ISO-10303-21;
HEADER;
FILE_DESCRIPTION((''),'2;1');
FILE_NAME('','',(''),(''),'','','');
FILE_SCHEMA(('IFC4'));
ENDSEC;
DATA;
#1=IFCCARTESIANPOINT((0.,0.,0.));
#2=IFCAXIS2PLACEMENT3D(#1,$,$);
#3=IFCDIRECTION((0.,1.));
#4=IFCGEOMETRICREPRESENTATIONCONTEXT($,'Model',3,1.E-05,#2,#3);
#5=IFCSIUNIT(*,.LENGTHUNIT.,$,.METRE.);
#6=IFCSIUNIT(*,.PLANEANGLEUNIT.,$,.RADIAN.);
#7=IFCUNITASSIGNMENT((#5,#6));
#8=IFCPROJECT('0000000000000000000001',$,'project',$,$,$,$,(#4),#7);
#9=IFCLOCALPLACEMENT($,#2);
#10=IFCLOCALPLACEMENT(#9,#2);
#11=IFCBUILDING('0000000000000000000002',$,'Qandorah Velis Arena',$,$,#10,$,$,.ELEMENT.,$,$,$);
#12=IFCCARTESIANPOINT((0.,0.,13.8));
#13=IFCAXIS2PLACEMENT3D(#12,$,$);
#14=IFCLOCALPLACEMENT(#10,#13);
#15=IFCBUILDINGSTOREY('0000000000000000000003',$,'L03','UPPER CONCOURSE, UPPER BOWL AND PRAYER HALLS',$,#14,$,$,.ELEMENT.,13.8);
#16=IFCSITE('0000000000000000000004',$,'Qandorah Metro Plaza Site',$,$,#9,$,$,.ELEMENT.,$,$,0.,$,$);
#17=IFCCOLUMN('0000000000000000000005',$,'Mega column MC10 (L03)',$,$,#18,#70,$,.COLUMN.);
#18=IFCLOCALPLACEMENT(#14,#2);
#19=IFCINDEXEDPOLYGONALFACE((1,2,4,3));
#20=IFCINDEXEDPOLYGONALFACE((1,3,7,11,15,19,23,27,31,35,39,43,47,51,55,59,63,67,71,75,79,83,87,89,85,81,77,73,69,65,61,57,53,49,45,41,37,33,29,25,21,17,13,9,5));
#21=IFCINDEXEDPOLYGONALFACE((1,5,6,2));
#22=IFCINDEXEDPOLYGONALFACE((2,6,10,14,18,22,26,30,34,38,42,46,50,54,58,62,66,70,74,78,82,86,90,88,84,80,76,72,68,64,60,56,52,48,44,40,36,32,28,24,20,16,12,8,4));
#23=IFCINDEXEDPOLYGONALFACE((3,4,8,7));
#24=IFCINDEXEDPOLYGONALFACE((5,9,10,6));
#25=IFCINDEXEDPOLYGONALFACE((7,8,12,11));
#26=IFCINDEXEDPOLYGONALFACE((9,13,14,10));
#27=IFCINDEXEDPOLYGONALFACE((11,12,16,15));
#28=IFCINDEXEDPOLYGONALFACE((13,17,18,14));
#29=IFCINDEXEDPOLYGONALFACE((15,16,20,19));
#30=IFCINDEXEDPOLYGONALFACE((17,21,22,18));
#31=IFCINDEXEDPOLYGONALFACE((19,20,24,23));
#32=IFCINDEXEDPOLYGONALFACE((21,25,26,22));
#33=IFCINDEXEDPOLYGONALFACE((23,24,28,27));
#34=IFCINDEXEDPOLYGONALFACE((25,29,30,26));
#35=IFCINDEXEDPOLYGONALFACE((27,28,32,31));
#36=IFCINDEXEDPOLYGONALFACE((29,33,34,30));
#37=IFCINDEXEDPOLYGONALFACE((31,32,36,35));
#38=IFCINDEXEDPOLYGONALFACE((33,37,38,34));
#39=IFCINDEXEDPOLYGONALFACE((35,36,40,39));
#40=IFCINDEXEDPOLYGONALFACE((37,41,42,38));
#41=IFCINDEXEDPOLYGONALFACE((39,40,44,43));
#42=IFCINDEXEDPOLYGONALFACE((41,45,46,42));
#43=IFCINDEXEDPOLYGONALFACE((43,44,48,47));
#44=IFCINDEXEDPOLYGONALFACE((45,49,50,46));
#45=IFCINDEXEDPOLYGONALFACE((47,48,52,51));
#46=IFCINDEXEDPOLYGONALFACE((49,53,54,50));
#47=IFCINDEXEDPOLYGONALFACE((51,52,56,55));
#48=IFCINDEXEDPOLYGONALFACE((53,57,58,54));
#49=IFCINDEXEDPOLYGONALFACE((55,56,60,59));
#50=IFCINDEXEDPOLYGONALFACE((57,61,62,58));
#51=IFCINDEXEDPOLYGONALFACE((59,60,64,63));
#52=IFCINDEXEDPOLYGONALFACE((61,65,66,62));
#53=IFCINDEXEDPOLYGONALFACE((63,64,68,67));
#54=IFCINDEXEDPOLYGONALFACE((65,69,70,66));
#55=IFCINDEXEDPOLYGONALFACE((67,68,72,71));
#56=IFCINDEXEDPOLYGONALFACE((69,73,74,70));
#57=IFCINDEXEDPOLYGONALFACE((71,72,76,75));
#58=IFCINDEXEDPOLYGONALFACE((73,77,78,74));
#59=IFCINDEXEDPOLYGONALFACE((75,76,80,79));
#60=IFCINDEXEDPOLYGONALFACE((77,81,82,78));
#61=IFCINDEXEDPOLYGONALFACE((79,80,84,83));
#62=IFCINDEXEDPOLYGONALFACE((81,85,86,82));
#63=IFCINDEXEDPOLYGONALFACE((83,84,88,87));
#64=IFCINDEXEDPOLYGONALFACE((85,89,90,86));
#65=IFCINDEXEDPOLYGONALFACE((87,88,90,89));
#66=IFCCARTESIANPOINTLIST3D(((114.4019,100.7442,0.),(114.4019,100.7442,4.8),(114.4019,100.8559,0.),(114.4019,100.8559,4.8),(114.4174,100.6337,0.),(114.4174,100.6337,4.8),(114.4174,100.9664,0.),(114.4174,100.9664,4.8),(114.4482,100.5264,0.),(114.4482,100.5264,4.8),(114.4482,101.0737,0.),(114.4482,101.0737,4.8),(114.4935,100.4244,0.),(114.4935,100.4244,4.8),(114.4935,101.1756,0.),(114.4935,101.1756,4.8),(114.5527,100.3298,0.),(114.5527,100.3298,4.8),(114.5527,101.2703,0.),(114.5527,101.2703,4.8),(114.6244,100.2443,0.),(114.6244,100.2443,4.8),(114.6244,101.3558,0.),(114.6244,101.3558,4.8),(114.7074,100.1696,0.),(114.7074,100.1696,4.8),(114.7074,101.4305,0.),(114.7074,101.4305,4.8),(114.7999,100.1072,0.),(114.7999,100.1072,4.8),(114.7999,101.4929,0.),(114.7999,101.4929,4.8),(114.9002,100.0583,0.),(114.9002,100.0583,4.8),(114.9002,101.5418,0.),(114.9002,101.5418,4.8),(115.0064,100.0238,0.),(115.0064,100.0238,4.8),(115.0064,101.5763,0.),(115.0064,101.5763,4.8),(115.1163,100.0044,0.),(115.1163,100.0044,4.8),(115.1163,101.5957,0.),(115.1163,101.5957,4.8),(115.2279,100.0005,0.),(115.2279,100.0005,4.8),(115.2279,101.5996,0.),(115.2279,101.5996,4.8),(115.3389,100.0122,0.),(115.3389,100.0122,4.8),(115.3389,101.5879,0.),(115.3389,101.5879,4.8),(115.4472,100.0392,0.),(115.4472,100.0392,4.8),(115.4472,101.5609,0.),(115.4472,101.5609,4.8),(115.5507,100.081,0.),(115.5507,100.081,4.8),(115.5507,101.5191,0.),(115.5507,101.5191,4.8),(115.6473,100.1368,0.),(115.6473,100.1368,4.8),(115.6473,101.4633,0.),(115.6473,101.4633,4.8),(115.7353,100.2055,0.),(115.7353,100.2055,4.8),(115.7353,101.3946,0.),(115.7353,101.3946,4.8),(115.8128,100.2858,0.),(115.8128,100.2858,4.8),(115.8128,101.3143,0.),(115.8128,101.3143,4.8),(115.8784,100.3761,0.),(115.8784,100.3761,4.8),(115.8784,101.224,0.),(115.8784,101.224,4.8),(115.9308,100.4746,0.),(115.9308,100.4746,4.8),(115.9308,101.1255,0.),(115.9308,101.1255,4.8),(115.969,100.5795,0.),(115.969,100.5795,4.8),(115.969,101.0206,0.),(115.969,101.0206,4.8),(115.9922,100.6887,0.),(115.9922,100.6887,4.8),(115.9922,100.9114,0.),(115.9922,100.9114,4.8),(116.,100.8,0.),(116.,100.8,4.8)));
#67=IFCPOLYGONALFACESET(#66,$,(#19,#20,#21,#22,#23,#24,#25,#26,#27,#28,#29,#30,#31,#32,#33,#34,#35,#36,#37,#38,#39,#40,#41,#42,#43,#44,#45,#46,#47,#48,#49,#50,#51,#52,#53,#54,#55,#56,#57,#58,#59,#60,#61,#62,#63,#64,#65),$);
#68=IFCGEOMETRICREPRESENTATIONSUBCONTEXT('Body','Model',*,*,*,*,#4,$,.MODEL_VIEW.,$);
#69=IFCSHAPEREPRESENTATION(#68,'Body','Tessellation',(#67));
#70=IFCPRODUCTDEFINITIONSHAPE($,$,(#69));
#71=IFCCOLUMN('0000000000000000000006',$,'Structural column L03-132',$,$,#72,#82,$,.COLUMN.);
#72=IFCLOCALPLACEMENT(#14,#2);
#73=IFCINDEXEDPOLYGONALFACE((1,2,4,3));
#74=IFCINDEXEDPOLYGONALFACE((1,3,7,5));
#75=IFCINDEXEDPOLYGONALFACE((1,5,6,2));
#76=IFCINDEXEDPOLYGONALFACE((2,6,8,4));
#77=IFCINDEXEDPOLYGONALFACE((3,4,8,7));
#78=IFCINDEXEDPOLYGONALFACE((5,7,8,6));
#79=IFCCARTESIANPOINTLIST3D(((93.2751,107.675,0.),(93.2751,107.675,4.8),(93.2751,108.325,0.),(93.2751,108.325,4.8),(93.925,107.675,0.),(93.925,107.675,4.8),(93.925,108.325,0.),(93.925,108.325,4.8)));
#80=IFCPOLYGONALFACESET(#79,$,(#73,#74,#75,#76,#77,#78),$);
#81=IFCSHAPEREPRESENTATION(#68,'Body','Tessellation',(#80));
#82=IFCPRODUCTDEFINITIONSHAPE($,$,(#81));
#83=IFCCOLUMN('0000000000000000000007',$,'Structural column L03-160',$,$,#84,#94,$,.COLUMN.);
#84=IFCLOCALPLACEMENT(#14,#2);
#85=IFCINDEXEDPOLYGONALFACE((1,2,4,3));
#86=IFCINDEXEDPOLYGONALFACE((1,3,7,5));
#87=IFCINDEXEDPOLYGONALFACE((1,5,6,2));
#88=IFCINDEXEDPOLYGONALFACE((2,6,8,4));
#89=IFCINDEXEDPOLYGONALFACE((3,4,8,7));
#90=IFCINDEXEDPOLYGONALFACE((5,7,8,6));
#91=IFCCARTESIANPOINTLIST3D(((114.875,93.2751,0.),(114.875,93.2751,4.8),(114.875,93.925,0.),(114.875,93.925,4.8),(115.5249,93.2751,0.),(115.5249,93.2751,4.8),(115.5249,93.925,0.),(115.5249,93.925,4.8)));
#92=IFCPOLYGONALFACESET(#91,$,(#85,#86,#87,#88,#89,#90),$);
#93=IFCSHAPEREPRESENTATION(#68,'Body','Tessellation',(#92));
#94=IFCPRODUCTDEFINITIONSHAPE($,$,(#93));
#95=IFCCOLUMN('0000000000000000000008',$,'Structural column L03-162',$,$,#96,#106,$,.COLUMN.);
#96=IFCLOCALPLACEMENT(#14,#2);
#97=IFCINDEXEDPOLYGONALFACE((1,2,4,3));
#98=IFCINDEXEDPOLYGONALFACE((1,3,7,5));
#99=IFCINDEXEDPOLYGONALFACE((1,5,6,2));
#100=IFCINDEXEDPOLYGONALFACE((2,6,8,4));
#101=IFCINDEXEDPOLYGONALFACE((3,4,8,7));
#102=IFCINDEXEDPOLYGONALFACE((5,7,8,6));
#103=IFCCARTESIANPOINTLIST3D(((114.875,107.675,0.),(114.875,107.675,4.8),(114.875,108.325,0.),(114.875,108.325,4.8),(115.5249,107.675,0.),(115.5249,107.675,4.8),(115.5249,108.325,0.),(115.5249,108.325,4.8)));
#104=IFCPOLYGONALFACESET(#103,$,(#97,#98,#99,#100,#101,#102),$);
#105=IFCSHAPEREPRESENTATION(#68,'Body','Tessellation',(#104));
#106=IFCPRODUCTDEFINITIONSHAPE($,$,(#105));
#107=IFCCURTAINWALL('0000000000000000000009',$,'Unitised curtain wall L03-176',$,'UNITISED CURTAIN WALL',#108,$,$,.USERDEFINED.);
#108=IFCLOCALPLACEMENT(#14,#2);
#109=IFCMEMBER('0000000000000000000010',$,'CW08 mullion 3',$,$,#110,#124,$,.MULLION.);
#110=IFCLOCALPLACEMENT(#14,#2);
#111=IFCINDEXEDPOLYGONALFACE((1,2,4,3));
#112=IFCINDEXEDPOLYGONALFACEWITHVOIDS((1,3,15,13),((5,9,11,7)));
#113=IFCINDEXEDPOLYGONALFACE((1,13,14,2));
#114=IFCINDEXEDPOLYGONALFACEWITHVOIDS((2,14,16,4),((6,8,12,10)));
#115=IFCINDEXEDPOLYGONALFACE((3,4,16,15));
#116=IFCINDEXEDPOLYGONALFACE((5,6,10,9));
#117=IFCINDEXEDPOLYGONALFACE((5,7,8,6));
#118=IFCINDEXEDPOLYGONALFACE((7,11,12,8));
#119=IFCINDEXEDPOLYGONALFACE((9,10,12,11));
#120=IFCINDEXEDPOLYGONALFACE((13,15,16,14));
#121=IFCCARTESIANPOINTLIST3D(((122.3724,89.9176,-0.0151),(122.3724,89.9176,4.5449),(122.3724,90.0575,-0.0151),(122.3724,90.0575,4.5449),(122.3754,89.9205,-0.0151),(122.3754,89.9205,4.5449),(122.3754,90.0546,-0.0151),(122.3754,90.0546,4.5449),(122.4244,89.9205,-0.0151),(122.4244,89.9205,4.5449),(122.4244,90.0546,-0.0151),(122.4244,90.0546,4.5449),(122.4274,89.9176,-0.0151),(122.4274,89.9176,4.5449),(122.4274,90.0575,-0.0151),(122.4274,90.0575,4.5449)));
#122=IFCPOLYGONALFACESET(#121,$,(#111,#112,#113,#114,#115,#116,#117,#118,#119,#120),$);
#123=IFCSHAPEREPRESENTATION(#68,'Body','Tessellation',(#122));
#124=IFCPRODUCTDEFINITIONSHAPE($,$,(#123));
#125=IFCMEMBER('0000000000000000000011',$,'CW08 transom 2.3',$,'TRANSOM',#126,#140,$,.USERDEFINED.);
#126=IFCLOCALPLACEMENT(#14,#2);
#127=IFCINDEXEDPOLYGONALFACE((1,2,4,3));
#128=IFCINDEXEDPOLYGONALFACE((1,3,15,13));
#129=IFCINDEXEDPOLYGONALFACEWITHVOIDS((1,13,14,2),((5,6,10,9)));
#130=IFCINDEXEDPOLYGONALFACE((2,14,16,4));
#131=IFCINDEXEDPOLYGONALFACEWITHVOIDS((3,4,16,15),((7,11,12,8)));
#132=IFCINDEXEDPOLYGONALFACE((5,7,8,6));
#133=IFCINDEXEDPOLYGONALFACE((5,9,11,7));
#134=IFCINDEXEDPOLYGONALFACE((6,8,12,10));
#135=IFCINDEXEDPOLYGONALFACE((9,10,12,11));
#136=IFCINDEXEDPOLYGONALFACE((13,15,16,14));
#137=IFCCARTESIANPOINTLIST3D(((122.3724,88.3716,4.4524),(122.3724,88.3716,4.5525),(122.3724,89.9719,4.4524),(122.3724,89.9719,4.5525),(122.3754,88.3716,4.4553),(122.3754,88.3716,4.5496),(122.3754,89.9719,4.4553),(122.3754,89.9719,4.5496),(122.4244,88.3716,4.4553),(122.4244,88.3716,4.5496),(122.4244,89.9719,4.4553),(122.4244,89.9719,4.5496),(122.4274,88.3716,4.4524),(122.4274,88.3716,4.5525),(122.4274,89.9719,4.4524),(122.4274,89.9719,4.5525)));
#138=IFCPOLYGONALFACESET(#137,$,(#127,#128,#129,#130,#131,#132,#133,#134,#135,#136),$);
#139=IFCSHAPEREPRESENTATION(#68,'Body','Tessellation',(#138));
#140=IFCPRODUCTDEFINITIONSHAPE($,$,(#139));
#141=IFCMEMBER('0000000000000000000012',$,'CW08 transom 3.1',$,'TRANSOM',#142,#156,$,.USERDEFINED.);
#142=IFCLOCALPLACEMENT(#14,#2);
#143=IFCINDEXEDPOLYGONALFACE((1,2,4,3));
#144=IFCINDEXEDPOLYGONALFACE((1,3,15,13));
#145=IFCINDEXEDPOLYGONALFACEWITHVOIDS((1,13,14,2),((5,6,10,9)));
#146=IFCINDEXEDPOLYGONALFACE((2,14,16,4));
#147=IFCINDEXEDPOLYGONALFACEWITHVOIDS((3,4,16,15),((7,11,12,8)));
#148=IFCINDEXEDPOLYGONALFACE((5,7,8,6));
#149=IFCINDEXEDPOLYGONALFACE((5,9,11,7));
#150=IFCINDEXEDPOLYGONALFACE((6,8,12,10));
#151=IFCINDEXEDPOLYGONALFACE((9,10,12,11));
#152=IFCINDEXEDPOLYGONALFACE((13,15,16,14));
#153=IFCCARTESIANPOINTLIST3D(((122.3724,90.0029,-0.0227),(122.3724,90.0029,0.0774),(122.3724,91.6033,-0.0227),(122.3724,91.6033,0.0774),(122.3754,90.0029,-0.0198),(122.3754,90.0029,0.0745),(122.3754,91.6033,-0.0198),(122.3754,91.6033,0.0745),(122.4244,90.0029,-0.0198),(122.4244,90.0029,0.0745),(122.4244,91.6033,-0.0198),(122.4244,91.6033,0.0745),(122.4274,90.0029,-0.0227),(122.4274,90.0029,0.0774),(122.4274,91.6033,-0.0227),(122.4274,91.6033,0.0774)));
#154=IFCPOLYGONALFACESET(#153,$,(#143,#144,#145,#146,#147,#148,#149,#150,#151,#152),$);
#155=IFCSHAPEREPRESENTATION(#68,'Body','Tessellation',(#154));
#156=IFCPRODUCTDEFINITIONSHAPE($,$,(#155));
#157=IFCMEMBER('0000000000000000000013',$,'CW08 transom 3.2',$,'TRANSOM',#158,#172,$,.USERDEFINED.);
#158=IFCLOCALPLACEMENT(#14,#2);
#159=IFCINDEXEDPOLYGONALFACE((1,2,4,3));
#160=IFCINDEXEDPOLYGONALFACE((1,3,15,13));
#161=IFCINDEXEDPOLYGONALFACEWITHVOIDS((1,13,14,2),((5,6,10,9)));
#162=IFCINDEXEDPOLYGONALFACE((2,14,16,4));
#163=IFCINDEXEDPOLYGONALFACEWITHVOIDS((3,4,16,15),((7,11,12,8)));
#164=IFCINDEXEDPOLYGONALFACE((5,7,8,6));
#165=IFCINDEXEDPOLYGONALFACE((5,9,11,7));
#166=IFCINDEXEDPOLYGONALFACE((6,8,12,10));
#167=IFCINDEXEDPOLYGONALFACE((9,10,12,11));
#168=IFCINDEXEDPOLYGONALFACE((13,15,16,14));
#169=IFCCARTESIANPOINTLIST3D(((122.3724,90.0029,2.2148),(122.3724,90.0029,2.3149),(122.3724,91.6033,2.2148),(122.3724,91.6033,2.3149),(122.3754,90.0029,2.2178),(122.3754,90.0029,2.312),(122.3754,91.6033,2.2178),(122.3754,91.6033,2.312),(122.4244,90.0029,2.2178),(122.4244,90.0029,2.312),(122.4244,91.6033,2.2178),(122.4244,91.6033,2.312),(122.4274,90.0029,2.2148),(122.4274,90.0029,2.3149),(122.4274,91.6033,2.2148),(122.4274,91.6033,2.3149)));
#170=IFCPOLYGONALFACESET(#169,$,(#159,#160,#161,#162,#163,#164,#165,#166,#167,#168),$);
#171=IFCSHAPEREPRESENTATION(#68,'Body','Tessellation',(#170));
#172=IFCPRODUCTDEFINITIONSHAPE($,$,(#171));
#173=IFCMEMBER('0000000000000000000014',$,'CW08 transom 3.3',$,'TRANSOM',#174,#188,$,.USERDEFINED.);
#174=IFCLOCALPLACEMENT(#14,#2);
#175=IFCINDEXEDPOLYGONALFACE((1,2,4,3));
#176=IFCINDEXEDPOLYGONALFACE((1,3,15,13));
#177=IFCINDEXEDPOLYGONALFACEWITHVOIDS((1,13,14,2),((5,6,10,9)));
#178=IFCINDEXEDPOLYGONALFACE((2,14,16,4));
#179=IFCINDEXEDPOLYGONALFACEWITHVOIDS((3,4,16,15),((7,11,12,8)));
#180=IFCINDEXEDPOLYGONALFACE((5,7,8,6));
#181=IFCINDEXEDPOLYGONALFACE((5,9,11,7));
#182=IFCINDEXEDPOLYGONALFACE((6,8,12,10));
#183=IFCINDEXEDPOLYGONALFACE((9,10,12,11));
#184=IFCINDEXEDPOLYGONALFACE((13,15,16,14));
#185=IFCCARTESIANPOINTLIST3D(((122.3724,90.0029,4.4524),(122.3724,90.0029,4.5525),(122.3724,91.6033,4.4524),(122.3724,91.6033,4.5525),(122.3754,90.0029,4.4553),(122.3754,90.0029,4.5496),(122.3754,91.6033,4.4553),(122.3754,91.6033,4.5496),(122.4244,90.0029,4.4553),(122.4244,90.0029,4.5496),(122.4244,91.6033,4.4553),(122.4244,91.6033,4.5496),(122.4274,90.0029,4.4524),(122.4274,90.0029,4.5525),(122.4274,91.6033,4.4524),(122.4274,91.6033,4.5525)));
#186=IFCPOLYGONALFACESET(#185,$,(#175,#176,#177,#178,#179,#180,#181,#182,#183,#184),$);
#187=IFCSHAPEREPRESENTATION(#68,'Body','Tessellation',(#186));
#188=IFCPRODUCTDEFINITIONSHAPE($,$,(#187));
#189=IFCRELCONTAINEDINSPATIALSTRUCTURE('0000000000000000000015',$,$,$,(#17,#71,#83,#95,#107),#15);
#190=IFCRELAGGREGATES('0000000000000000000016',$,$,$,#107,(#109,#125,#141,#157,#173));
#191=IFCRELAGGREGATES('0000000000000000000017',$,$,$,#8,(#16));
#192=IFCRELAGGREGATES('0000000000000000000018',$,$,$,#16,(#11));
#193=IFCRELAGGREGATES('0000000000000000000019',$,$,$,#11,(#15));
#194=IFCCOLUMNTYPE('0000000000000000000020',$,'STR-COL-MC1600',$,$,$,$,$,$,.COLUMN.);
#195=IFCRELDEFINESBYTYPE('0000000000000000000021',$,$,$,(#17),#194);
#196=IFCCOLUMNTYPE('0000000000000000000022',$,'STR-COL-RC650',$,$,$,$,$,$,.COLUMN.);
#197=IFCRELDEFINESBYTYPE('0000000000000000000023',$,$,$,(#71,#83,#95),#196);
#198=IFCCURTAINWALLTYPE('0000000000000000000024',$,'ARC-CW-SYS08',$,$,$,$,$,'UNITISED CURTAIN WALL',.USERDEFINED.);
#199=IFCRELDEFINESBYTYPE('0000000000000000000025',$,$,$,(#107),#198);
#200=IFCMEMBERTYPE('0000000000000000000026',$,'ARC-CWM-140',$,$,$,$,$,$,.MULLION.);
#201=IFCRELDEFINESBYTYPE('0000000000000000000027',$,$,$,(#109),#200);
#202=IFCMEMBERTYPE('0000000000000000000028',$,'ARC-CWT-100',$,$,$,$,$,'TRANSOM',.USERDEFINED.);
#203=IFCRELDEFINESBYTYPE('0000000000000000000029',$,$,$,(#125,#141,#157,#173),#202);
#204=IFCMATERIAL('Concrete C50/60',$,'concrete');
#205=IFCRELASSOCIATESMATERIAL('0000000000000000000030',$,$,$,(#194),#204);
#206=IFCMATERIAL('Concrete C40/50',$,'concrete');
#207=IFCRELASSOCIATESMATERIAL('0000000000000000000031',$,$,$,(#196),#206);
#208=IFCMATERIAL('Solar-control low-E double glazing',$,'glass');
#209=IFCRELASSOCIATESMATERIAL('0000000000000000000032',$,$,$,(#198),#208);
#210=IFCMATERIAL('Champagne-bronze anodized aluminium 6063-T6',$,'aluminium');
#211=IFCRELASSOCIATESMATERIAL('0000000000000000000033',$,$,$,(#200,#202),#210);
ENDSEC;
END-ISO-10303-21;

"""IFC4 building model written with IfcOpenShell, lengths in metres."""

from ifc_helpers import new_model, si_unit, direction, frame, origin, origin_2d, place, context, subcontext, project, spatial, rectangle, hollow_rectangle, circle, extrude, material, material_profile, profile_set, type_object, element, aggregate, save


model = new_model("IFC4")

# Units and contexts
model_context = context("Model", 3, precision=1e-05, world=origin(), true_north=direction((0.0, 1.0)))
body_context = subcontext(model_context, "Body", "Model", "MODEL_VIEW")
ifc_project = project(units=[si_unit("LENGTHUNIT", "METRE"), si_unit("PLANEANGLEUNIT", "RADIAN")], contexts=[model_context])

# Site, building, storey
site_placement = place(None, origin())
site = spatial("IfcSite", under=ifc_project, at=site_placement, Name="Qandorah Metro Plaza Site", CompositionType="ELEMENT", RefElevation=0.0)
building_placement = place(site_placement, origin())
building = spatial("IfcBuilding", under=site, at=building_placement, Name="Qandorah Velis Arena", CompositionType="ELEMENT")
storey_placement = place(building_placement, frame((0.0, 0.0, 13.8)))
storey = spatial("IfcBuildingStorey", under=building, at=storey_placement, Name="L03", Description="UPPER CONCOURSE, UPPER BOWL AND PRAYER HALLS", CompositionType="ELEMENT", Elevation=13.8)

# Columns
ifc_material_1 = material(Name="Concrete C50/60", Category="concrete")
ifc_material_profile_1 = material_profile(ifc_material_1, circle(Radius=0.8, at=origin_2d()), Name="MC D1600")
ifc_profile_set_1 = profile_set([ifc_material_profile_1], Name="Concrete C50/60")
column_type_1 = type_object("IfcColumnType", Name="STR-COL-MC1600", PredefinedType="COLUMN", material=ifc_profile_set_1)
column_placement = place(storey_placement, frame((115.2, 100.8, 0.0), z_axis=(0.0, 0.0, 1.0), x_axis=(1.0, 0.0, 0.0)))
element("IfcColumn", 1, at=column_placement, inside=storey, type_object=column_type_1, Name="Mega column MC10 (L03)", PredefinedType="COLUMN", context=body_context, shape_type="SweptSolid", body=[
    extrude(circle(Radius=0.8, at=origin_2d()), origin(), (0.0, 0.0, 1.0), 4.8),
])
ifc_material_2 = material(Name="Concrete C40/50", Category="concrete")
ifc_material_profile_2 = material_profile(ifc_material_2, rectangle(XDim=0.6499, YDim=0.6499, at=origin_2d()), Name="RC COL 650x650")
ifc_profile_set_2 = profile_set([ifc_material_profile_2], Name="Concrete C40/50")
column_type_2 = type_object("IfcColumnType", Name="STR-COL-RC650", PredefinedType="COLUMN", material=ifc_profile_set_2)
for number, where, z_axis, x_axis, name in (
    (2, (93.6001, 108.0, 0.0), (0.0, 0.0, 1.0), (1.0, 0.0, 0.0), "Structural column L03-132"),
    (3, (115.2, 93.6001, 0.0), (0.0, 0.0, 1.0), (1.0, 0.0, 0.0), "Structural column L03-160"),
    (4, (115.2, 108.0, 0.0), (0.0, 0.0, 1.0), (1.0, 0.0, 0.0), "Structural column L03-162"),
):
    element("IfcColumn", number, at=place(storey_placement, frame(where, z_axis=z_axis, x_axis=x_axis)), inside=storey, type_object=column_type_2, Name=name, PredefinedType="COLUMN", context=body_context, shape_type="SweptSolid", body=[
        extrude(rectangle(XDim=0.6499, YDim=0.6499, at=origin_2d()), origin(), (0.0, 0.0, 1.0), 4.8),
    ])

# Curtain wall, members
ifc_material_3 = material(Name="Solar-control low-E double glazing", Category="glass")
curtain_wall_type = type_object("IfcCurtainWallType", Name="ARC-CW-SYS08", ElementType="UNITISED CURTAIN WALL", PredefinedType="USERDEFINED", material=ifc_material_3)
curtain_wall_placement = place(storey_placement, origin())
curtain_wall = element("IfcCurtainWall", 5, at=curtain_wall_placement, inside=storey, type_object=curtain_wall_type, Name="Unitised curtain wall L03-176", ObjectType="UNITISED CURTAIN WALL", PredefinedType="USERDEFINED")
ifc_material_4 = material(Name="Champagne-bronze anodized aluminium 6063-T6", Category="aluminium")
ifc_material_profile_3 = material_profile(ifc_material_4, hollow_rectangle(XDim=0.0549, YDim=0.1399, WallThickness=0.0029, at=origin_2d()), Name="ALU MULLION 55x140")
ifc_profile_set_3 = profile_set([ifc_material_profile_3], Name="Champagne-bronze anodized aluminium 6063-T6")
member_type_1 = type_object("IfcMemberType", Name="ARC-CWM-140", PredefinedType="MULLION", material=ifc_profile_set_3)
member_1_placement = place(storey_placement, frame((122.3999, 89.9875, -0.0151), z_axis=(0.0, 0.0, 1.0), x_axis=(-1.0, 0.0, 0.0)))
member_1 = element("IfcMember", 6, at=member_1_placement, type_object=member_type_1, Name="CW08 mullion 3", PredefinedType="MULLION", context=body_context, shape_type="SweptSolid", body=[
    extrude(hollow_rectangle(XDim=0.0549, YDim=0.1399, WallThickness=0.0029, at=origin_2d()), origin(), (0.0, 0.0, 1.0), 4.5601),
])
ifc_material_profile_4 = material_profile(ifc_material_4, hollow_rectangle(XDim=0.0549, YDim=0.1001, WallThickness=0.0029, at=origin_2d()), Name="ALU TRANSOM 55x100")
ifc_profile_set_4 = profile_set([ifc_material_profile_4], Name="Champagne-bronze anodized aluminium 6063-T6")
member_type_2 = type_object("IfcMemberType", Name="ARC-CWT-100", ElementType="TRANSOM", PredefinedType="USERDEFINED", material=ifc_profile_set_4)
member_2_placement = place(storey_placement, frame((122.3999, 88.3716, 4.5024), z_axis=(0.0, 1.0, 0.0), x_axis=(-1.0, 0.0, 0.0)))
member_2 = element("IfcMember", 7, at=member_2_placement, type_object=member_type_2, Name="CW08 transom 2.3", ObjectType="TRANSOM", PredefinedType="USERDEFINED", context=body_context, shape_type="SweptSolid", body=[
    extrude(hollow_rectangle(XDim=0.0549, YDim=0.1001, WallThickness=0.0029, at=origin_2d()), origin(), (0.0, 0.0, 1.0), 1.6003),
])
member_3_placement = place(storey_placement, frame((122.3999, 90.0029, 0.0273), z_axis=(0.0, 1.0, 0.0), x_axis=(-1.0, 0.0, 0.0)))
member_3 = element("IfcMember", 8, at=member_3_placement, type_object=member_type_2, Name="CW08 transom 3.1", ObjectType="TRANSOM", PredefinedType="USERDEFINED", context=body_context, shape_type="SweptSolid", body=[
    extrude(hollow_rectangle(XDim=0.0549, YDim=0.1001, WallThickness=0.0029, at=origin_2d()), origin(), (0.0, 0.0, 1.0), 1.6003),
])
member_4_placement = place(storey_placement, frame((122.3999, 90.0029, 2.2649), z_axis=(0.0, 1.0, 0.0), x_axis=(-1.0, 0.0, 0.0)))
member_4 = element("IfcMember", 9, at=member_4_placement, type_object=member_type_2, Name="CW08 transom 3.2", ObjectType="TRANSOM", PredefinedType="USERDEFINED", context=body_context, shape_type="SweptSolid", body=[
    extrude(hollow_rectangle(XDim=0.0549, YDim=0.1001, WallThickness=0.0029, at=origin_2d()), origin(), (0.0, 0.0, 1.0), 1.6003),
])
member_5_placement = place(storey_placement, frame((122.3999, 90.0029, 4.5024), z_axis=(0.0, 1.0, 0.0), x_axis=(-1.0, 0.0, 0.0)))
member_5 = element("IfcMember", 10, at=member_5_placement, type_object=member_type_2, Name="CW08 transom 3.3", ObjectType="TRANSOM", PredefinedType="USERDEFINED", context=body_context, shape_type="SweptSolid", body=[
    extrude(hollow_rectangle(XDim=0.0549, YDim=0.1001, WallThickness=0.0029, at=origin_2d()), origin(), (0.0, 0.0, 1.0), 1.6003),
])

aggregate(curtain_wall, [member_1, member_2, member_3, member_4, member_5])

save(model, "model.ifc")
